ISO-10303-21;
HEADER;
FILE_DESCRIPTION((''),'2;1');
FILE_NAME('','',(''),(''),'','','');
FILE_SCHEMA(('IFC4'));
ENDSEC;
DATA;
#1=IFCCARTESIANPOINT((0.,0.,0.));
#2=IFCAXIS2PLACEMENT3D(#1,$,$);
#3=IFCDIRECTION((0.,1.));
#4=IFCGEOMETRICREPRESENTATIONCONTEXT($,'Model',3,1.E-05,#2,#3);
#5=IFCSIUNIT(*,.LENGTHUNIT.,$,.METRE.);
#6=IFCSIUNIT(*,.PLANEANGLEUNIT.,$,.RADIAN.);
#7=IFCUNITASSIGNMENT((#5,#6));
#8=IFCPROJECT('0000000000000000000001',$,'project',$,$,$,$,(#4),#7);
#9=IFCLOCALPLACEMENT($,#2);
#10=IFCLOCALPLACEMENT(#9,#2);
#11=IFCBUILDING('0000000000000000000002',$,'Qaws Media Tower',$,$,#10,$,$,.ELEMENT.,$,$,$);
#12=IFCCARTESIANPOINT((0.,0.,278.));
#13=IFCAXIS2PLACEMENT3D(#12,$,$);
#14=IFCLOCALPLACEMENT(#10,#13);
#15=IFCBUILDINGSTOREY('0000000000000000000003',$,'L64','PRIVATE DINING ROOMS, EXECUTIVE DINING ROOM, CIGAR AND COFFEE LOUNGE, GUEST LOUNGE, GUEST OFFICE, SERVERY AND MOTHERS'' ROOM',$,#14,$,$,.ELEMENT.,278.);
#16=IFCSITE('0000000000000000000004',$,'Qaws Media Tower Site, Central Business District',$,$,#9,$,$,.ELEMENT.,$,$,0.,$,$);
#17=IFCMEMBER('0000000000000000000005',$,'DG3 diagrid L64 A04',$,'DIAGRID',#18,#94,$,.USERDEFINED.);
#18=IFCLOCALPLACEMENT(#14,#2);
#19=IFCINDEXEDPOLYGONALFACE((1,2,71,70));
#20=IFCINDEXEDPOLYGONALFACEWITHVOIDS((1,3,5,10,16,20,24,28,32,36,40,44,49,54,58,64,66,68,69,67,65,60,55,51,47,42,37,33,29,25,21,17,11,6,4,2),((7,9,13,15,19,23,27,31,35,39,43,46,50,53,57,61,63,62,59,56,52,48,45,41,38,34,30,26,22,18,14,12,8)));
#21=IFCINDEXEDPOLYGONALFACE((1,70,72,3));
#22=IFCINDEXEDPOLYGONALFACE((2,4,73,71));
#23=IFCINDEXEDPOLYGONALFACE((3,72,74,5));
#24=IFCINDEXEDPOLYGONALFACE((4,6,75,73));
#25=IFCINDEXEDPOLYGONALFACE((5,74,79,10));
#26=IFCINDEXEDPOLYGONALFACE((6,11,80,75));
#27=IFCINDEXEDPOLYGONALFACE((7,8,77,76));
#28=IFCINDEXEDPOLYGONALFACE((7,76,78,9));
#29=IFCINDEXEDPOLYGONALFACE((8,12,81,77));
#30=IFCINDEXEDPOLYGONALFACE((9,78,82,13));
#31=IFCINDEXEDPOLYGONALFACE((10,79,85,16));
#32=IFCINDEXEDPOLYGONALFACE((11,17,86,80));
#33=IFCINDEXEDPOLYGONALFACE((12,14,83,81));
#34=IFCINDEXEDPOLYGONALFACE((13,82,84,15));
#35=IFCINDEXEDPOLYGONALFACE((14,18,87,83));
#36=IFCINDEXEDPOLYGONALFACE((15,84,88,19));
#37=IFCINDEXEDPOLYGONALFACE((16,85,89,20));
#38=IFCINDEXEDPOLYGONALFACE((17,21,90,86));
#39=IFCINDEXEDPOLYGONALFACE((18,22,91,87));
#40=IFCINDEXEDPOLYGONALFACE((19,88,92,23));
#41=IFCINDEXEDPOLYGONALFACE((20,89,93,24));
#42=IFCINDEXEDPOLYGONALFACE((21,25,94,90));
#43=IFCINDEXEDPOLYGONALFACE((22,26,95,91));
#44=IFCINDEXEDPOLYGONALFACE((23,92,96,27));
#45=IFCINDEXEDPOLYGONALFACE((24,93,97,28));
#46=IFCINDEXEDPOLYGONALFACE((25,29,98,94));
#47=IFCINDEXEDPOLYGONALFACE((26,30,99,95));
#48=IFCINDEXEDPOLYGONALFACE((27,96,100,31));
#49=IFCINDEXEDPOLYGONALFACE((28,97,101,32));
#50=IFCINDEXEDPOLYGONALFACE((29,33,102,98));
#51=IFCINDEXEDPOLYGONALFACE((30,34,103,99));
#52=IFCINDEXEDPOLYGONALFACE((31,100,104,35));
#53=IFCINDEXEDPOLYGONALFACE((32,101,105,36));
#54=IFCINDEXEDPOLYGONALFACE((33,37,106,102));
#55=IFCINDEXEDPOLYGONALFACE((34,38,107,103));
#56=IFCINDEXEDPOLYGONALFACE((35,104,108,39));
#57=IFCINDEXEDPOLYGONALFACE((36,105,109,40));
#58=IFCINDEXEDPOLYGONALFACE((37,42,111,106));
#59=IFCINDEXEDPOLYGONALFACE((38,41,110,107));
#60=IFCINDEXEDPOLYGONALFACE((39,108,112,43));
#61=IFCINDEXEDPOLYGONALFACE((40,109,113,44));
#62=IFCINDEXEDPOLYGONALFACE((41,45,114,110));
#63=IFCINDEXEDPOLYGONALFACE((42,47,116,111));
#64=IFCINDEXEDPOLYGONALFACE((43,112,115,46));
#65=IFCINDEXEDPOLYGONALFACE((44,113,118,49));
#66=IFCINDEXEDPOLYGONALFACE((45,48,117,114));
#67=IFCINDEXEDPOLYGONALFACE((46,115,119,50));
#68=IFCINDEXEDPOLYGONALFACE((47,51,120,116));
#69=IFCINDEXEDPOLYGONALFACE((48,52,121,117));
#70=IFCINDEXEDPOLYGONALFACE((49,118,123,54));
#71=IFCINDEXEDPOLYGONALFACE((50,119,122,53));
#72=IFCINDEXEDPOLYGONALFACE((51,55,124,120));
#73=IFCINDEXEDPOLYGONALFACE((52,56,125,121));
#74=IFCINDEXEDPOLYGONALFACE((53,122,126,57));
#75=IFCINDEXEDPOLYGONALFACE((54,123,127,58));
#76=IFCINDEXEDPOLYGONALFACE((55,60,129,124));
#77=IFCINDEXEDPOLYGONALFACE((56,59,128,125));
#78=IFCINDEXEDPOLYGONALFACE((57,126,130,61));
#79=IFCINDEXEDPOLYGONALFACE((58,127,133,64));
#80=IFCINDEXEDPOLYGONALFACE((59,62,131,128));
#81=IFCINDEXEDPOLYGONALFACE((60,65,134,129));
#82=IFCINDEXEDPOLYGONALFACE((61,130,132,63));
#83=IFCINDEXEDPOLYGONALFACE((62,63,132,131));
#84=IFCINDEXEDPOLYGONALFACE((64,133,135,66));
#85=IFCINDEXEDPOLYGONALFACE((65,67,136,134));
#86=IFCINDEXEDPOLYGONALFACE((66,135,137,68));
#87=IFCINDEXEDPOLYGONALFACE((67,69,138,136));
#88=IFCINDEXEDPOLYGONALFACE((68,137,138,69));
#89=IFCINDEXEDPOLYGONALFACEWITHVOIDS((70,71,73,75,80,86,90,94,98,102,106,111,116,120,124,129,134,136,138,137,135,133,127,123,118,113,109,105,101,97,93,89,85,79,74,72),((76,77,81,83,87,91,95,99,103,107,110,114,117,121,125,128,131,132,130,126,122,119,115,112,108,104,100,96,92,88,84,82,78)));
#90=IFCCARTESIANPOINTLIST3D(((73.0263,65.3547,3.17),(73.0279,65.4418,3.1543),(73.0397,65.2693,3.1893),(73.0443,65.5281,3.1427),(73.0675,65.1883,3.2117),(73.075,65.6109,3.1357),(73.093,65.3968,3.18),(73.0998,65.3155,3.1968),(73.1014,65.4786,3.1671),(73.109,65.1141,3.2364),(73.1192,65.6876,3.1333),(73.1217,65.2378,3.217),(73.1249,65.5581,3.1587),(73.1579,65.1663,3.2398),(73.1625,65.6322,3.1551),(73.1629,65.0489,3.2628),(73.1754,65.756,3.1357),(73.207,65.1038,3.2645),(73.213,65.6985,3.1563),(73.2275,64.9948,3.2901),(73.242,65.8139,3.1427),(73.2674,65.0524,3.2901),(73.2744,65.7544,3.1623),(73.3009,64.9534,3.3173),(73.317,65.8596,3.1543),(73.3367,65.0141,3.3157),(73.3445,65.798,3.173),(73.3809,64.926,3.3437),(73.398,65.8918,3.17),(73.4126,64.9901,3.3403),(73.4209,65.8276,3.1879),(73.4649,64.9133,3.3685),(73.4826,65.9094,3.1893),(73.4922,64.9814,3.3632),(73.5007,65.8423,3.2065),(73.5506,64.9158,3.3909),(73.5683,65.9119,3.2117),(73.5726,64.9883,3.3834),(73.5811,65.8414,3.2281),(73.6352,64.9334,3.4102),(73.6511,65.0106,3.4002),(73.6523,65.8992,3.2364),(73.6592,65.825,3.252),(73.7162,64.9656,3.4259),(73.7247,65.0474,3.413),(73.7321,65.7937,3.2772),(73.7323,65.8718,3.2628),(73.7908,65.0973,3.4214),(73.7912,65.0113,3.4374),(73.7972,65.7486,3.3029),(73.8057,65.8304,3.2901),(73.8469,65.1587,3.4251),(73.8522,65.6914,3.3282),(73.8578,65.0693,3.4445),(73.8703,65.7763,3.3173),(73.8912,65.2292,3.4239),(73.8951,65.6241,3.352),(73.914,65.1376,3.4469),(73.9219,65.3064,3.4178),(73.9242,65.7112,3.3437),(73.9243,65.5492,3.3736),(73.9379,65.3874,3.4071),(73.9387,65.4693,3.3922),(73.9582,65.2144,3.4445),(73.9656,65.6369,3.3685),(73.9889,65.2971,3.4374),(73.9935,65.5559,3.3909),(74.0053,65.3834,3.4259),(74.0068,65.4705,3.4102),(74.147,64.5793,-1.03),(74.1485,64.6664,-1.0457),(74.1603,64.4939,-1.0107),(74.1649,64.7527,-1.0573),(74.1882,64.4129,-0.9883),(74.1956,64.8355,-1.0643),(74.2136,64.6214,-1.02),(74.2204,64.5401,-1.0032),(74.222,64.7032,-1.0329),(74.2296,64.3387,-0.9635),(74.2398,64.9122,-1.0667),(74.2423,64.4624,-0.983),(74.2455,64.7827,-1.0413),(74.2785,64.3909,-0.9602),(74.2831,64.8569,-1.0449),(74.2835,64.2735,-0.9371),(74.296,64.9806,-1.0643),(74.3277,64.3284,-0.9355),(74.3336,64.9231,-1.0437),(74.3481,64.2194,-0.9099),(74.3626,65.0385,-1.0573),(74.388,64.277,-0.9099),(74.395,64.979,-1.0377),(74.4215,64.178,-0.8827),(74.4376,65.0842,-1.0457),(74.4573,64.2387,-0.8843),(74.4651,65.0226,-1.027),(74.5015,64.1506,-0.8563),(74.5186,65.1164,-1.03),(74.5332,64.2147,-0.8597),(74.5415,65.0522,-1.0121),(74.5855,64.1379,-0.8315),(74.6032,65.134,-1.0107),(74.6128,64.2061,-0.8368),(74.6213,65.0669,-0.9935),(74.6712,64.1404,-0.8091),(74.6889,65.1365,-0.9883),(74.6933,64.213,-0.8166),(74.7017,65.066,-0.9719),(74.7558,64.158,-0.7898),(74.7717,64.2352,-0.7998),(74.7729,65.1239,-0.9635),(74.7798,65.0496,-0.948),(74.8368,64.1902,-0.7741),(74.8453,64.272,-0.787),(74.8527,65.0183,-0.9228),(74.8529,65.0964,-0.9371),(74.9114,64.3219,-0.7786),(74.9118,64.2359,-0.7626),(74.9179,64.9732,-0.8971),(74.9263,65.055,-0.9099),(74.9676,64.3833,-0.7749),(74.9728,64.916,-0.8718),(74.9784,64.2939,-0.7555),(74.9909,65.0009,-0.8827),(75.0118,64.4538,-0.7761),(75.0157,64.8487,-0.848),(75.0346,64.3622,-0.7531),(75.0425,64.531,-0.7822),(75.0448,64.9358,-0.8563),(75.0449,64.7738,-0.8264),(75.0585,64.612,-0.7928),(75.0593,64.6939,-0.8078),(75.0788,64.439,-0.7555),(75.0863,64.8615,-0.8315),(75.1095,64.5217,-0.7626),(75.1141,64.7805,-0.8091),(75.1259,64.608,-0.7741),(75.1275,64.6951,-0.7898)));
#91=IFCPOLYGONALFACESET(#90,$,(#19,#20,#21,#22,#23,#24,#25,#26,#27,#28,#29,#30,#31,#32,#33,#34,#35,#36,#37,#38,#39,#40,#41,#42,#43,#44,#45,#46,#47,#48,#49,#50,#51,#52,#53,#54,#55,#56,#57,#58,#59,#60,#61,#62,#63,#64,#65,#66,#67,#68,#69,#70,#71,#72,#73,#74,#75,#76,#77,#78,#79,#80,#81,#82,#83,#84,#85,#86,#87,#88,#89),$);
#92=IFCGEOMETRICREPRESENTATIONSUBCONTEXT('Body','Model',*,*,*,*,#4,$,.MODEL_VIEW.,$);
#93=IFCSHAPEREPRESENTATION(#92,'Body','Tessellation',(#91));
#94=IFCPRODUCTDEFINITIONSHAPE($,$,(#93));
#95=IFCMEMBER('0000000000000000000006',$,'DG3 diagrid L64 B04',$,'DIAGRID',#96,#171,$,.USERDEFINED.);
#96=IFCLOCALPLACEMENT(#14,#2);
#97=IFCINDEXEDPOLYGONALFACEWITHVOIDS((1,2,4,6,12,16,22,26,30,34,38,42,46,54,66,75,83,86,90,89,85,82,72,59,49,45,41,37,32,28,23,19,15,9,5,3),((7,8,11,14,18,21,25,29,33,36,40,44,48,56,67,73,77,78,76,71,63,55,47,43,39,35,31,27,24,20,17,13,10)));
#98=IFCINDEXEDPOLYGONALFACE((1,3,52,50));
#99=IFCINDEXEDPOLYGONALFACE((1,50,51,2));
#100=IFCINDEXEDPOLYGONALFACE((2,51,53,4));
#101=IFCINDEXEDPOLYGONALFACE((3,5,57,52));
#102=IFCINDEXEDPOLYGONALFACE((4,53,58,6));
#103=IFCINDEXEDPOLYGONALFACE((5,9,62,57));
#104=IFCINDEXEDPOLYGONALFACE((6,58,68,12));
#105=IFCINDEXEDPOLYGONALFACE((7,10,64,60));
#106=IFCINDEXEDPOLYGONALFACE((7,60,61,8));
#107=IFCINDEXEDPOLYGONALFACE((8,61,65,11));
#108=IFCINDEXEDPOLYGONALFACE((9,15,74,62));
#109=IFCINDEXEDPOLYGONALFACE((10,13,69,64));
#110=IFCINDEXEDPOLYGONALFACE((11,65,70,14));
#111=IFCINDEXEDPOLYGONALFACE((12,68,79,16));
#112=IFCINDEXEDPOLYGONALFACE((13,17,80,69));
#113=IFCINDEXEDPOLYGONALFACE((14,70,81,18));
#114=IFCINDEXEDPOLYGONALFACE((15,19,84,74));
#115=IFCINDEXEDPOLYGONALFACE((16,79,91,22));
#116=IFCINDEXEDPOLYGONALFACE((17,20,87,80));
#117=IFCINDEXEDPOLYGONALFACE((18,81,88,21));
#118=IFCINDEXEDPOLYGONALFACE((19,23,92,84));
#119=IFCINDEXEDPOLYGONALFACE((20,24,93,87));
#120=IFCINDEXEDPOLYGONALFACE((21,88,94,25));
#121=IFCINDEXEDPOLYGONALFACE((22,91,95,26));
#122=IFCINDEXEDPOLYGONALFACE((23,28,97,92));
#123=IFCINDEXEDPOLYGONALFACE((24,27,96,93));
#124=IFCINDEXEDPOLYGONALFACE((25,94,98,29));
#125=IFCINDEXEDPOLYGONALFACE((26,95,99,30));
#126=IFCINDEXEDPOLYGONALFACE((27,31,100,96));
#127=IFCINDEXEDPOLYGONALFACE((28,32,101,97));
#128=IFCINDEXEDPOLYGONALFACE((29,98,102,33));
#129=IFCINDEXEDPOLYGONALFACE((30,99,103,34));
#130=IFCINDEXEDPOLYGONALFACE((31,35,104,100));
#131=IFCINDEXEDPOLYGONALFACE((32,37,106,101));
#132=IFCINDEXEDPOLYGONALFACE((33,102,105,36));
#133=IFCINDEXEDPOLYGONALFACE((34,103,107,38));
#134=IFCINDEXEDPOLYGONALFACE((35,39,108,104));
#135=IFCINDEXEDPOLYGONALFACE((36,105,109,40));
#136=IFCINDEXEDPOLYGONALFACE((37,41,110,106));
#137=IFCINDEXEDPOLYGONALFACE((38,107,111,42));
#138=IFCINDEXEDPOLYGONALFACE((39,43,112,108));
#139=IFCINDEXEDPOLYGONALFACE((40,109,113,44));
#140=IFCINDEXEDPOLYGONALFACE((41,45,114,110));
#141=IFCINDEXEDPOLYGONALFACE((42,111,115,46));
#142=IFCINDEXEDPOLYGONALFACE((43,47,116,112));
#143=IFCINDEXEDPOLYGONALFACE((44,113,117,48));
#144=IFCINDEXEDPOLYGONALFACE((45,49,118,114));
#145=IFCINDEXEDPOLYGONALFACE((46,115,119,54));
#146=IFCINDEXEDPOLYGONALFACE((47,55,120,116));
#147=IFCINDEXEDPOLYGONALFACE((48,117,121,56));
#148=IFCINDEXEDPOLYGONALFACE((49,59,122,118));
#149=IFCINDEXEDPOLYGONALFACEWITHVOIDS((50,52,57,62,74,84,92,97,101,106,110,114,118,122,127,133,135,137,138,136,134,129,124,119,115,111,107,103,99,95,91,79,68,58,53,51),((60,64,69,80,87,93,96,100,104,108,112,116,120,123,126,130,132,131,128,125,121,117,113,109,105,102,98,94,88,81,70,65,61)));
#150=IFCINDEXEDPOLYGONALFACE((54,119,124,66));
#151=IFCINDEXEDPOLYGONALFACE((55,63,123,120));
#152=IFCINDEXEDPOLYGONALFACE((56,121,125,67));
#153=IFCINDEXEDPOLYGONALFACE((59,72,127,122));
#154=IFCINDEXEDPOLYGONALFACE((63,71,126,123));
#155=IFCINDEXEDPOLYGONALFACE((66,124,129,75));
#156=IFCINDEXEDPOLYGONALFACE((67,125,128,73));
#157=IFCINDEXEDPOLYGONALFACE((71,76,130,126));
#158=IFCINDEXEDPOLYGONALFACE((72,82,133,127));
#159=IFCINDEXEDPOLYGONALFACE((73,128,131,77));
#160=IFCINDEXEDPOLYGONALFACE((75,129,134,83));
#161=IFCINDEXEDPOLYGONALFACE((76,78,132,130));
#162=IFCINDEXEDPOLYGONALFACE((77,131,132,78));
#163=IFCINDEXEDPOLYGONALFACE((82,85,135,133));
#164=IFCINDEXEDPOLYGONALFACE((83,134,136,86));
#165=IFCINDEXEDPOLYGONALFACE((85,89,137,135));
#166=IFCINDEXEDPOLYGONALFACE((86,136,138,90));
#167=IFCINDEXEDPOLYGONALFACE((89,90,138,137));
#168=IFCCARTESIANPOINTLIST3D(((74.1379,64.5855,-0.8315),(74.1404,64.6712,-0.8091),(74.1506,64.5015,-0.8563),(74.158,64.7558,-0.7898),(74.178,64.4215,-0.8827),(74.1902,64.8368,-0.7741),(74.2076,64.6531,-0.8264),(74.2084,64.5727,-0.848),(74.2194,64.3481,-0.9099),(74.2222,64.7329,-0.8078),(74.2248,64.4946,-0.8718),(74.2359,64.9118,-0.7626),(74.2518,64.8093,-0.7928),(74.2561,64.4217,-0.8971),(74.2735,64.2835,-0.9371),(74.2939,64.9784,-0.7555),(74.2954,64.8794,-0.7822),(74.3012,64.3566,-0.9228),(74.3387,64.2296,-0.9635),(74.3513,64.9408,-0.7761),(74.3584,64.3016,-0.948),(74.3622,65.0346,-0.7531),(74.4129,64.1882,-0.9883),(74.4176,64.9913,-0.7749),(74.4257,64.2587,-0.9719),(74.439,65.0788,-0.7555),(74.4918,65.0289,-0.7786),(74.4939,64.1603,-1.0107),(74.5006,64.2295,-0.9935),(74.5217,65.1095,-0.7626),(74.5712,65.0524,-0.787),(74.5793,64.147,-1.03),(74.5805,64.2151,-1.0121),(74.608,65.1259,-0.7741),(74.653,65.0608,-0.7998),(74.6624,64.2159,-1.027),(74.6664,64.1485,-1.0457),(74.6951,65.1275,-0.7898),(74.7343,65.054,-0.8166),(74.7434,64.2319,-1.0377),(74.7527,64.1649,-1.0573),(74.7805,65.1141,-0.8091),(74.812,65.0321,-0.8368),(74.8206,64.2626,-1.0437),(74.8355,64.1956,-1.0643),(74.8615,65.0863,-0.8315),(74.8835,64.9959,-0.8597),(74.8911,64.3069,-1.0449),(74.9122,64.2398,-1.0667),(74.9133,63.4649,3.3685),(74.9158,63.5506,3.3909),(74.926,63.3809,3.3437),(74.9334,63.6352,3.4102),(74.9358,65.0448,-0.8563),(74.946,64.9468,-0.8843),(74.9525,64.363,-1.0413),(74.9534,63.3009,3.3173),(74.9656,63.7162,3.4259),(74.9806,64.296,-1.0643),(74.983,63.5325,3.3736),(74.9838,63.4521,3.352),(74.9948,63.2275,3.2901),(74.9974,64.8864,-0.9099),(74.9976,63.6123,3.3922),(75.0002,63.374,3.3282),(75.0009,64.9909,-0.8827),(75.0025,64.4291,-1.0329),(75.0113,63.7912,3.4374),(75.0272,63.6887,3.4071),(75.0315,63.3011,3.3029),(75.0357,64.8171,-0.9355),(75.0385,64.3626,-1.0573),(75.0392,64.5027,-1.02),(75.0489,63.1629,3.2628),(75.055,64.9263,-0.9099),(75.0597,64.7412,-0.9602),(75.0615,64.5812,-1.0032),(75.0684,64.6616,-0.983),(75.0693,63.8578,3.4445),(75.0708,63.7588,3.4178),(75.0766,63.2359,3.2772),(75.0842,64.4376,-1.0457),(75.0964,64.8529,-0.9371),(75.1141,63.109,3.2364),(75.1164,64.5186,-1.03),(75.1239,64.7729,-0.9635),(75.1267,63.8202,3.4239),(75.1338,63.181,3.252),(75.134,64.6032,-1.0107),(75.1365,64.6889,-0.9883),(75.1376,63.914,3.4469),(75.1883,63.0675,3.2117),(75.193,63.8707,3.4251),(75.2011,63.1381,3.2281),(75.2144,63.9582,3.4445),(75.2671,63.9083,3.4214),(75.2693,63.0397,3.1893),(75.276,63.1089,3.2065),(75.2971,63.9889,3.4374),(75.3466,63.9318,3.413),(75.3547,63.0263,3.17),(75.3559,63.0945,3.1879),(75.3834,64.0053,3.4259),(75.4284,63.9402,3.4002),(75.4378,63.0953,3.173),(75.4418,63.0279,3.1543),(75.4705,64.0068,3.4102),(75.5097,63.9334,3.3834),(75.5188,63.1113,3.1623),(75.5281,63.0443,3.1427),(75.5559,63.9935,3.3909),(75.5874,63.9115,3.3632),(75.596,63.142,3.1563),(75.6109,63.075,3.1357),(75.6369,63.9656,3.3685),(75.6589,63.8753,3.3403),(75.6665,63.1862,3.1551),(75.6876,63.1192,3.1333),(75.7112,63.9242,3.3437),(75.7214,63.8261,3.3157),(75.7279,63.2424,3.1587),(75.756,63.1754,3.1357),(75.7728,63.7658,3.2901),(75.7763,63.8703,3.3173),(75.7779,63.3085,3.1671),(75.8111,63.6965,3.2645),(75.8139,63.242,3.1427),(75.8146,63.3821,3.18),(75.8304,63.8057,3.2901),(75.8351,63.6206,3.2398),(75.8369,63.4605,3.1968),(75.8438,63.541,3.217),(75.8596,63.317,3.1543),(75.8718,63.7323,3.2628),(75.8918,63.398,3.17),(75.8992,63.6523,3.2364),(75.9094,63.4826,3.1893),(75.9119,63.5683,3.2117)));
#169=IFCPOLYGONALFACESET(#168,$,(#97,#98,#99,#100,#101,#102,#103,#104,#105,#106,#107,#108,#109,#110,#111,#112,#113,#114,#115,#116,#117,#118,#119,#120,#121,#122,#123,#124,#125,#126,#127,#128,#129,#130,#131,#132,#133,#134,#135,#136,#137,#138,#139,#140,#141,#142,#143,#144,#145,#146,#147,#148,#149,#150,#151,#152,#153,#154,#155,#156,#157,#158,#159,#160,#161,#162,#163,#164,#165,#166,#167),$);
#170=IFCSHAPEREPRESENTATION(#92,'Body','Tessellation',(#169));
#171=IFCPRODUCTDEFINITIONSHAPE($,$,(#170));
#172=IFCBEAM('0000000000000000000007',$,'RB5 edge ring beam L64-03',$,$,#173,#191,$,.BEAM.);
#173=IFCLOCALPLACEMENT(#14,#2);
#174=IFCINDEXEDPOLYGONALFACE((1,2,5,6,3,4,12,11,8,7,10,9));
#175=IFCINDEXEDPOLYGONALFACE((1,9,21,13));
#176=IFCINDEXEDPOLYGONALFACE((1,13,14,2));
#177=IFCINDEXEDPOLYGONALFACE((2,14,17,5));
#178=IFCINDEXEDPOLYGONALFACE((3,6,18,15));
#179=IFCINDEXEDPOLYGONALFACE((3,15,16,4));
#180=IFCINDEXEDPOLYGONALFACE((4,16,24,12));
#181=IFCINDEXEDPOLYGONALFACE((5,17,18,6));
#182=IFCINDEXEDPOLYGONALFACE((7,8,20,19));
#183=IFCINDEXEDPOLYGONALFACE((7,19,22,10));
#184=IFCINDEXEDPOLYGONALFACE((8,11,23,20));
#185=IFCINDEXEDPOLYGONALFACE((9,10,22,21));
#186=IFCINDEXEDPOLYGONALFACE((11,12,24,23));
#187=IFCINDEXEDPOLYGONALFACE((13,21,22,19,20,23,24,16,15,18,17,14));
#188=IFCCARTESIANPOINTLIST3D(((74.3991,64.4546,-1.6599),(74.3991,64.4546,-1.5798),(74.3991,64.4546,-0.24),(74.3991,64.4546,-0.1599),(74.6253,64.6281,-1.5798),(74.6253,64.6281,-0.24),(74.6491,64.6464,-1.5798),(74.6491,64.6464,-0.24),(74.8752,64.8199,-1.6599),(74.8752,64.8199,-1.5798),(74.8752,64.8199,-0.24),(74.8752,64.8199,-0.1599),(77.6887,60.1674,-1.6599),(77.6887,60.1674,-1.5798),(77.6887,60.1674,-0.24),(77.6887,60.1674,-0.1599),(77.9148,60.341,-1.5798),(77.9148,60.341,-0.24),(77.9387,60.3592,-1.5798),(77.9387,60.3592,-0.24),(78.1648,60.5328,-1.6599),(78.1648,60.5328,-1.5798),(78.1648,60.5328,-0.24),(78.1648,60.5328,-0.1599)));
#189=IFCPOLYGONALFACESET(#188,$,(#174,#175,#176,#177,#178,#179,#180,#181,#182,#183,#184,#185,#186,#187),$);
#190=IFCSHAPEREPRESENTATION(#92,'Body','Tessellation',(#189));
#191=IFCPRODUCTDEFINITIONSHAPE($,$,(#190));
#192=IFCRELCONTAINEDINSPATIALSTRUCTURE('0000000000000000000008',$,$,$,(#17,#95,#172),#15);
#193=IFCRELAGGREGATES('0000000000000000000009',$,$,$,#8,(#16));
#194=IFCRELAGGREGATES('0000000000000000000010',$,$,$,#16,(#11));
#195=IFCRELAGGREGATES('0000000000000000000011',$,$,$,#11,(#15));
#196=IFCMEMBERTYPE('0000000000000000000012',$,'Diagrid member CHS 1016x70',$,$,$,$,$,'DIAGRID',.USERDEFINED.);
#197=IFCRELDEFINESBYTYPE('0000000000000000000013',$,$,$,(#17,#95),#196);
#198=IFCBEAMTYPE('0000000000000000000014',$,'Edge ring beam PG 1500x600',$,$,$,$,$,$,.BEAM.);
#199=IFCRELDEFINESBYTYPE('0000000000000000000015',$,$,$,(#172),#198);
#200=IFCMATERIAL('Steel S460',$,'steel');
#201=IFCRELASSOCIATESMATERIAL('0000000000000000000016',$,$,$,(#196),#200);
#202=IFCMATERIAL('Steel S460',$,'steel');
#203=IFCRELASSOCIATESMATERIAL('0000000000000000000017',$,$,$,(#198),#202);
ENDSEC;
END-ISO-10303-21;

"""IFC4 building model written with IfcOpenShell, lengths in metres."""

from ifc_helpers import new_model, si_unit, direction, frame, origin, origin_2d, place, context, subcontext, project, spatial, hollow_circle, i_section, extrude, material, material_profile, profile_set, type_object, element, save


model = new_model("IFC4")

# Units and contexts
model_context = context("Model", 3, precision=1e-05, world=origin(), true_north=direction((0.0, 1.0)))
body_context = subcontext(model_context, "Body", "Model", "MODEL_VIEW")
ifc_project = project(units=[si_unit("LENGTHUNIT", "METRE"), si_unit("PLANEANGLEUNIT", "RADIAN")], contexts=[model_context])

# Site, building, storey
site_placement = place(None, origin())
site = spatial("IfcSite", under=ifc_project, at=site_placement, Name="Qaws Media Tower Site, Central Business District", CompositionType="ELEMENT", RefElevation=0.0)
building_placement = place(site_placement, origin())
building = spatial("IfcBuilding", under=site, at=building_placement, Name="Qaws Media Tower", CompositionType="ELEMENT")
storey_placement = place(building_placement, frame((0.0, 0.0, 278.0)))
storey = spatial("IfcBuildingStorey", under=building, at=storey_placement, Name="L64", Description="PRIVATE DINING ROOMS, EXECUTIVE DINING ROOM, CIGAR AND COFFEE LOUNGE, GUEST LOUNGE, GUEST OFFICE, SERVERY AND MOTHERS' ROOM", CompositionType="ELEMENT", Elevation=278.0)

# Members
ifc_material_1 = material(Name="Steel S460", Category="steel")
ifc_material_profile_1 = material_profile(ifc_material_1, hollow_circle(Radius=0.5081, WallThickness=0.0701, at=origin_2d()), Name="CHS 1016x70")
ifc_profile_set_1 = profile_set([ifc_material_profile_1], Name="Steel S460")
member_type_1 = type_object("IfcMemberType", Name="Diagrid member CHS 1016x70", ElementType="DIAGRID", PredefinedType="USERDEFINED", material=ifc_profile_set_1)
for number, where, z_axis, x_axis, name in (
    (1, (74.6372, 64.6372, -0.9099), (-0.253789, 0.175607, 0.951185), (-0.569005, -0.822334, 0.0), "DG3 diagrid L64 A04"),
    (2, (74.6372, 64.6372, -0.9099), (0.175607, -0.253789, 0.951185), (0.822334, 0.569005, 0.0), "DG3 diagrid L64 B04"),
):
    element("IfcMember", number, at=place(storey_placement, frame(where, z_axis=z_axis, x_axis=x_axis)), inside=storey, type_object=member_type_1, Name=name, ObjectType="DIAGRID", PredefinedType="USERDEFINED", context=body_context, shape_type="SweptSolid", body=[
        extrude(hollow_circle(Radius=0.5081, WallThickness=0.0701, at=origin_2d()), origin(), (0.0, 0.0, 1.0), 4.4155),
    ])

# Beam
ifc_material_2 = material(Name="Steel S460", Category="steel")
ifc_material_profile_2 = material_profile(ifc_material_2, i_section(OverallWidth=0.6001, OverallDepth=1.5, WebThickness=0.03, FlangeThickness=0.0801, at=origin_2d()), Name="PG 1500x600")
ifc_profile_set_2 = profile_set([ifc_material_profile_2], Name="Steel S460")
beam_type = type_object("IfcBeamType", Name="Edge ring beam PG 1500x600", PredefinedType="BEAM", material=ifc_profile_set_2)
for number, where, z_axis, x_axis, name in (
    (3, (77.9268, 60.3501, -0.9099), (-0.608754, 0.793359, 0.0), (-0.793359, -0.608754, 0.0), "RB5 edge ring beam L64-03"),
):
    element("IfcBeam", number, at=place(storey_placement, frame(where, z_axis=z_axis, x_axis=x_axis)), inside=storey, type_object=beam_type, Name=name, PredefinedType="BEAM", context=body_context, shape_type="SweptSolid", body=[
        extrude(i_section(OverallWidth=0.6001, OverallDepth=1.5, WebThickness=0.03, FlangeThickness=0.0801, at=origin_2d()), origin(), (0.0, 0.0, 1.0), 5.4038),
    ])

save(model, "model.ifc")
